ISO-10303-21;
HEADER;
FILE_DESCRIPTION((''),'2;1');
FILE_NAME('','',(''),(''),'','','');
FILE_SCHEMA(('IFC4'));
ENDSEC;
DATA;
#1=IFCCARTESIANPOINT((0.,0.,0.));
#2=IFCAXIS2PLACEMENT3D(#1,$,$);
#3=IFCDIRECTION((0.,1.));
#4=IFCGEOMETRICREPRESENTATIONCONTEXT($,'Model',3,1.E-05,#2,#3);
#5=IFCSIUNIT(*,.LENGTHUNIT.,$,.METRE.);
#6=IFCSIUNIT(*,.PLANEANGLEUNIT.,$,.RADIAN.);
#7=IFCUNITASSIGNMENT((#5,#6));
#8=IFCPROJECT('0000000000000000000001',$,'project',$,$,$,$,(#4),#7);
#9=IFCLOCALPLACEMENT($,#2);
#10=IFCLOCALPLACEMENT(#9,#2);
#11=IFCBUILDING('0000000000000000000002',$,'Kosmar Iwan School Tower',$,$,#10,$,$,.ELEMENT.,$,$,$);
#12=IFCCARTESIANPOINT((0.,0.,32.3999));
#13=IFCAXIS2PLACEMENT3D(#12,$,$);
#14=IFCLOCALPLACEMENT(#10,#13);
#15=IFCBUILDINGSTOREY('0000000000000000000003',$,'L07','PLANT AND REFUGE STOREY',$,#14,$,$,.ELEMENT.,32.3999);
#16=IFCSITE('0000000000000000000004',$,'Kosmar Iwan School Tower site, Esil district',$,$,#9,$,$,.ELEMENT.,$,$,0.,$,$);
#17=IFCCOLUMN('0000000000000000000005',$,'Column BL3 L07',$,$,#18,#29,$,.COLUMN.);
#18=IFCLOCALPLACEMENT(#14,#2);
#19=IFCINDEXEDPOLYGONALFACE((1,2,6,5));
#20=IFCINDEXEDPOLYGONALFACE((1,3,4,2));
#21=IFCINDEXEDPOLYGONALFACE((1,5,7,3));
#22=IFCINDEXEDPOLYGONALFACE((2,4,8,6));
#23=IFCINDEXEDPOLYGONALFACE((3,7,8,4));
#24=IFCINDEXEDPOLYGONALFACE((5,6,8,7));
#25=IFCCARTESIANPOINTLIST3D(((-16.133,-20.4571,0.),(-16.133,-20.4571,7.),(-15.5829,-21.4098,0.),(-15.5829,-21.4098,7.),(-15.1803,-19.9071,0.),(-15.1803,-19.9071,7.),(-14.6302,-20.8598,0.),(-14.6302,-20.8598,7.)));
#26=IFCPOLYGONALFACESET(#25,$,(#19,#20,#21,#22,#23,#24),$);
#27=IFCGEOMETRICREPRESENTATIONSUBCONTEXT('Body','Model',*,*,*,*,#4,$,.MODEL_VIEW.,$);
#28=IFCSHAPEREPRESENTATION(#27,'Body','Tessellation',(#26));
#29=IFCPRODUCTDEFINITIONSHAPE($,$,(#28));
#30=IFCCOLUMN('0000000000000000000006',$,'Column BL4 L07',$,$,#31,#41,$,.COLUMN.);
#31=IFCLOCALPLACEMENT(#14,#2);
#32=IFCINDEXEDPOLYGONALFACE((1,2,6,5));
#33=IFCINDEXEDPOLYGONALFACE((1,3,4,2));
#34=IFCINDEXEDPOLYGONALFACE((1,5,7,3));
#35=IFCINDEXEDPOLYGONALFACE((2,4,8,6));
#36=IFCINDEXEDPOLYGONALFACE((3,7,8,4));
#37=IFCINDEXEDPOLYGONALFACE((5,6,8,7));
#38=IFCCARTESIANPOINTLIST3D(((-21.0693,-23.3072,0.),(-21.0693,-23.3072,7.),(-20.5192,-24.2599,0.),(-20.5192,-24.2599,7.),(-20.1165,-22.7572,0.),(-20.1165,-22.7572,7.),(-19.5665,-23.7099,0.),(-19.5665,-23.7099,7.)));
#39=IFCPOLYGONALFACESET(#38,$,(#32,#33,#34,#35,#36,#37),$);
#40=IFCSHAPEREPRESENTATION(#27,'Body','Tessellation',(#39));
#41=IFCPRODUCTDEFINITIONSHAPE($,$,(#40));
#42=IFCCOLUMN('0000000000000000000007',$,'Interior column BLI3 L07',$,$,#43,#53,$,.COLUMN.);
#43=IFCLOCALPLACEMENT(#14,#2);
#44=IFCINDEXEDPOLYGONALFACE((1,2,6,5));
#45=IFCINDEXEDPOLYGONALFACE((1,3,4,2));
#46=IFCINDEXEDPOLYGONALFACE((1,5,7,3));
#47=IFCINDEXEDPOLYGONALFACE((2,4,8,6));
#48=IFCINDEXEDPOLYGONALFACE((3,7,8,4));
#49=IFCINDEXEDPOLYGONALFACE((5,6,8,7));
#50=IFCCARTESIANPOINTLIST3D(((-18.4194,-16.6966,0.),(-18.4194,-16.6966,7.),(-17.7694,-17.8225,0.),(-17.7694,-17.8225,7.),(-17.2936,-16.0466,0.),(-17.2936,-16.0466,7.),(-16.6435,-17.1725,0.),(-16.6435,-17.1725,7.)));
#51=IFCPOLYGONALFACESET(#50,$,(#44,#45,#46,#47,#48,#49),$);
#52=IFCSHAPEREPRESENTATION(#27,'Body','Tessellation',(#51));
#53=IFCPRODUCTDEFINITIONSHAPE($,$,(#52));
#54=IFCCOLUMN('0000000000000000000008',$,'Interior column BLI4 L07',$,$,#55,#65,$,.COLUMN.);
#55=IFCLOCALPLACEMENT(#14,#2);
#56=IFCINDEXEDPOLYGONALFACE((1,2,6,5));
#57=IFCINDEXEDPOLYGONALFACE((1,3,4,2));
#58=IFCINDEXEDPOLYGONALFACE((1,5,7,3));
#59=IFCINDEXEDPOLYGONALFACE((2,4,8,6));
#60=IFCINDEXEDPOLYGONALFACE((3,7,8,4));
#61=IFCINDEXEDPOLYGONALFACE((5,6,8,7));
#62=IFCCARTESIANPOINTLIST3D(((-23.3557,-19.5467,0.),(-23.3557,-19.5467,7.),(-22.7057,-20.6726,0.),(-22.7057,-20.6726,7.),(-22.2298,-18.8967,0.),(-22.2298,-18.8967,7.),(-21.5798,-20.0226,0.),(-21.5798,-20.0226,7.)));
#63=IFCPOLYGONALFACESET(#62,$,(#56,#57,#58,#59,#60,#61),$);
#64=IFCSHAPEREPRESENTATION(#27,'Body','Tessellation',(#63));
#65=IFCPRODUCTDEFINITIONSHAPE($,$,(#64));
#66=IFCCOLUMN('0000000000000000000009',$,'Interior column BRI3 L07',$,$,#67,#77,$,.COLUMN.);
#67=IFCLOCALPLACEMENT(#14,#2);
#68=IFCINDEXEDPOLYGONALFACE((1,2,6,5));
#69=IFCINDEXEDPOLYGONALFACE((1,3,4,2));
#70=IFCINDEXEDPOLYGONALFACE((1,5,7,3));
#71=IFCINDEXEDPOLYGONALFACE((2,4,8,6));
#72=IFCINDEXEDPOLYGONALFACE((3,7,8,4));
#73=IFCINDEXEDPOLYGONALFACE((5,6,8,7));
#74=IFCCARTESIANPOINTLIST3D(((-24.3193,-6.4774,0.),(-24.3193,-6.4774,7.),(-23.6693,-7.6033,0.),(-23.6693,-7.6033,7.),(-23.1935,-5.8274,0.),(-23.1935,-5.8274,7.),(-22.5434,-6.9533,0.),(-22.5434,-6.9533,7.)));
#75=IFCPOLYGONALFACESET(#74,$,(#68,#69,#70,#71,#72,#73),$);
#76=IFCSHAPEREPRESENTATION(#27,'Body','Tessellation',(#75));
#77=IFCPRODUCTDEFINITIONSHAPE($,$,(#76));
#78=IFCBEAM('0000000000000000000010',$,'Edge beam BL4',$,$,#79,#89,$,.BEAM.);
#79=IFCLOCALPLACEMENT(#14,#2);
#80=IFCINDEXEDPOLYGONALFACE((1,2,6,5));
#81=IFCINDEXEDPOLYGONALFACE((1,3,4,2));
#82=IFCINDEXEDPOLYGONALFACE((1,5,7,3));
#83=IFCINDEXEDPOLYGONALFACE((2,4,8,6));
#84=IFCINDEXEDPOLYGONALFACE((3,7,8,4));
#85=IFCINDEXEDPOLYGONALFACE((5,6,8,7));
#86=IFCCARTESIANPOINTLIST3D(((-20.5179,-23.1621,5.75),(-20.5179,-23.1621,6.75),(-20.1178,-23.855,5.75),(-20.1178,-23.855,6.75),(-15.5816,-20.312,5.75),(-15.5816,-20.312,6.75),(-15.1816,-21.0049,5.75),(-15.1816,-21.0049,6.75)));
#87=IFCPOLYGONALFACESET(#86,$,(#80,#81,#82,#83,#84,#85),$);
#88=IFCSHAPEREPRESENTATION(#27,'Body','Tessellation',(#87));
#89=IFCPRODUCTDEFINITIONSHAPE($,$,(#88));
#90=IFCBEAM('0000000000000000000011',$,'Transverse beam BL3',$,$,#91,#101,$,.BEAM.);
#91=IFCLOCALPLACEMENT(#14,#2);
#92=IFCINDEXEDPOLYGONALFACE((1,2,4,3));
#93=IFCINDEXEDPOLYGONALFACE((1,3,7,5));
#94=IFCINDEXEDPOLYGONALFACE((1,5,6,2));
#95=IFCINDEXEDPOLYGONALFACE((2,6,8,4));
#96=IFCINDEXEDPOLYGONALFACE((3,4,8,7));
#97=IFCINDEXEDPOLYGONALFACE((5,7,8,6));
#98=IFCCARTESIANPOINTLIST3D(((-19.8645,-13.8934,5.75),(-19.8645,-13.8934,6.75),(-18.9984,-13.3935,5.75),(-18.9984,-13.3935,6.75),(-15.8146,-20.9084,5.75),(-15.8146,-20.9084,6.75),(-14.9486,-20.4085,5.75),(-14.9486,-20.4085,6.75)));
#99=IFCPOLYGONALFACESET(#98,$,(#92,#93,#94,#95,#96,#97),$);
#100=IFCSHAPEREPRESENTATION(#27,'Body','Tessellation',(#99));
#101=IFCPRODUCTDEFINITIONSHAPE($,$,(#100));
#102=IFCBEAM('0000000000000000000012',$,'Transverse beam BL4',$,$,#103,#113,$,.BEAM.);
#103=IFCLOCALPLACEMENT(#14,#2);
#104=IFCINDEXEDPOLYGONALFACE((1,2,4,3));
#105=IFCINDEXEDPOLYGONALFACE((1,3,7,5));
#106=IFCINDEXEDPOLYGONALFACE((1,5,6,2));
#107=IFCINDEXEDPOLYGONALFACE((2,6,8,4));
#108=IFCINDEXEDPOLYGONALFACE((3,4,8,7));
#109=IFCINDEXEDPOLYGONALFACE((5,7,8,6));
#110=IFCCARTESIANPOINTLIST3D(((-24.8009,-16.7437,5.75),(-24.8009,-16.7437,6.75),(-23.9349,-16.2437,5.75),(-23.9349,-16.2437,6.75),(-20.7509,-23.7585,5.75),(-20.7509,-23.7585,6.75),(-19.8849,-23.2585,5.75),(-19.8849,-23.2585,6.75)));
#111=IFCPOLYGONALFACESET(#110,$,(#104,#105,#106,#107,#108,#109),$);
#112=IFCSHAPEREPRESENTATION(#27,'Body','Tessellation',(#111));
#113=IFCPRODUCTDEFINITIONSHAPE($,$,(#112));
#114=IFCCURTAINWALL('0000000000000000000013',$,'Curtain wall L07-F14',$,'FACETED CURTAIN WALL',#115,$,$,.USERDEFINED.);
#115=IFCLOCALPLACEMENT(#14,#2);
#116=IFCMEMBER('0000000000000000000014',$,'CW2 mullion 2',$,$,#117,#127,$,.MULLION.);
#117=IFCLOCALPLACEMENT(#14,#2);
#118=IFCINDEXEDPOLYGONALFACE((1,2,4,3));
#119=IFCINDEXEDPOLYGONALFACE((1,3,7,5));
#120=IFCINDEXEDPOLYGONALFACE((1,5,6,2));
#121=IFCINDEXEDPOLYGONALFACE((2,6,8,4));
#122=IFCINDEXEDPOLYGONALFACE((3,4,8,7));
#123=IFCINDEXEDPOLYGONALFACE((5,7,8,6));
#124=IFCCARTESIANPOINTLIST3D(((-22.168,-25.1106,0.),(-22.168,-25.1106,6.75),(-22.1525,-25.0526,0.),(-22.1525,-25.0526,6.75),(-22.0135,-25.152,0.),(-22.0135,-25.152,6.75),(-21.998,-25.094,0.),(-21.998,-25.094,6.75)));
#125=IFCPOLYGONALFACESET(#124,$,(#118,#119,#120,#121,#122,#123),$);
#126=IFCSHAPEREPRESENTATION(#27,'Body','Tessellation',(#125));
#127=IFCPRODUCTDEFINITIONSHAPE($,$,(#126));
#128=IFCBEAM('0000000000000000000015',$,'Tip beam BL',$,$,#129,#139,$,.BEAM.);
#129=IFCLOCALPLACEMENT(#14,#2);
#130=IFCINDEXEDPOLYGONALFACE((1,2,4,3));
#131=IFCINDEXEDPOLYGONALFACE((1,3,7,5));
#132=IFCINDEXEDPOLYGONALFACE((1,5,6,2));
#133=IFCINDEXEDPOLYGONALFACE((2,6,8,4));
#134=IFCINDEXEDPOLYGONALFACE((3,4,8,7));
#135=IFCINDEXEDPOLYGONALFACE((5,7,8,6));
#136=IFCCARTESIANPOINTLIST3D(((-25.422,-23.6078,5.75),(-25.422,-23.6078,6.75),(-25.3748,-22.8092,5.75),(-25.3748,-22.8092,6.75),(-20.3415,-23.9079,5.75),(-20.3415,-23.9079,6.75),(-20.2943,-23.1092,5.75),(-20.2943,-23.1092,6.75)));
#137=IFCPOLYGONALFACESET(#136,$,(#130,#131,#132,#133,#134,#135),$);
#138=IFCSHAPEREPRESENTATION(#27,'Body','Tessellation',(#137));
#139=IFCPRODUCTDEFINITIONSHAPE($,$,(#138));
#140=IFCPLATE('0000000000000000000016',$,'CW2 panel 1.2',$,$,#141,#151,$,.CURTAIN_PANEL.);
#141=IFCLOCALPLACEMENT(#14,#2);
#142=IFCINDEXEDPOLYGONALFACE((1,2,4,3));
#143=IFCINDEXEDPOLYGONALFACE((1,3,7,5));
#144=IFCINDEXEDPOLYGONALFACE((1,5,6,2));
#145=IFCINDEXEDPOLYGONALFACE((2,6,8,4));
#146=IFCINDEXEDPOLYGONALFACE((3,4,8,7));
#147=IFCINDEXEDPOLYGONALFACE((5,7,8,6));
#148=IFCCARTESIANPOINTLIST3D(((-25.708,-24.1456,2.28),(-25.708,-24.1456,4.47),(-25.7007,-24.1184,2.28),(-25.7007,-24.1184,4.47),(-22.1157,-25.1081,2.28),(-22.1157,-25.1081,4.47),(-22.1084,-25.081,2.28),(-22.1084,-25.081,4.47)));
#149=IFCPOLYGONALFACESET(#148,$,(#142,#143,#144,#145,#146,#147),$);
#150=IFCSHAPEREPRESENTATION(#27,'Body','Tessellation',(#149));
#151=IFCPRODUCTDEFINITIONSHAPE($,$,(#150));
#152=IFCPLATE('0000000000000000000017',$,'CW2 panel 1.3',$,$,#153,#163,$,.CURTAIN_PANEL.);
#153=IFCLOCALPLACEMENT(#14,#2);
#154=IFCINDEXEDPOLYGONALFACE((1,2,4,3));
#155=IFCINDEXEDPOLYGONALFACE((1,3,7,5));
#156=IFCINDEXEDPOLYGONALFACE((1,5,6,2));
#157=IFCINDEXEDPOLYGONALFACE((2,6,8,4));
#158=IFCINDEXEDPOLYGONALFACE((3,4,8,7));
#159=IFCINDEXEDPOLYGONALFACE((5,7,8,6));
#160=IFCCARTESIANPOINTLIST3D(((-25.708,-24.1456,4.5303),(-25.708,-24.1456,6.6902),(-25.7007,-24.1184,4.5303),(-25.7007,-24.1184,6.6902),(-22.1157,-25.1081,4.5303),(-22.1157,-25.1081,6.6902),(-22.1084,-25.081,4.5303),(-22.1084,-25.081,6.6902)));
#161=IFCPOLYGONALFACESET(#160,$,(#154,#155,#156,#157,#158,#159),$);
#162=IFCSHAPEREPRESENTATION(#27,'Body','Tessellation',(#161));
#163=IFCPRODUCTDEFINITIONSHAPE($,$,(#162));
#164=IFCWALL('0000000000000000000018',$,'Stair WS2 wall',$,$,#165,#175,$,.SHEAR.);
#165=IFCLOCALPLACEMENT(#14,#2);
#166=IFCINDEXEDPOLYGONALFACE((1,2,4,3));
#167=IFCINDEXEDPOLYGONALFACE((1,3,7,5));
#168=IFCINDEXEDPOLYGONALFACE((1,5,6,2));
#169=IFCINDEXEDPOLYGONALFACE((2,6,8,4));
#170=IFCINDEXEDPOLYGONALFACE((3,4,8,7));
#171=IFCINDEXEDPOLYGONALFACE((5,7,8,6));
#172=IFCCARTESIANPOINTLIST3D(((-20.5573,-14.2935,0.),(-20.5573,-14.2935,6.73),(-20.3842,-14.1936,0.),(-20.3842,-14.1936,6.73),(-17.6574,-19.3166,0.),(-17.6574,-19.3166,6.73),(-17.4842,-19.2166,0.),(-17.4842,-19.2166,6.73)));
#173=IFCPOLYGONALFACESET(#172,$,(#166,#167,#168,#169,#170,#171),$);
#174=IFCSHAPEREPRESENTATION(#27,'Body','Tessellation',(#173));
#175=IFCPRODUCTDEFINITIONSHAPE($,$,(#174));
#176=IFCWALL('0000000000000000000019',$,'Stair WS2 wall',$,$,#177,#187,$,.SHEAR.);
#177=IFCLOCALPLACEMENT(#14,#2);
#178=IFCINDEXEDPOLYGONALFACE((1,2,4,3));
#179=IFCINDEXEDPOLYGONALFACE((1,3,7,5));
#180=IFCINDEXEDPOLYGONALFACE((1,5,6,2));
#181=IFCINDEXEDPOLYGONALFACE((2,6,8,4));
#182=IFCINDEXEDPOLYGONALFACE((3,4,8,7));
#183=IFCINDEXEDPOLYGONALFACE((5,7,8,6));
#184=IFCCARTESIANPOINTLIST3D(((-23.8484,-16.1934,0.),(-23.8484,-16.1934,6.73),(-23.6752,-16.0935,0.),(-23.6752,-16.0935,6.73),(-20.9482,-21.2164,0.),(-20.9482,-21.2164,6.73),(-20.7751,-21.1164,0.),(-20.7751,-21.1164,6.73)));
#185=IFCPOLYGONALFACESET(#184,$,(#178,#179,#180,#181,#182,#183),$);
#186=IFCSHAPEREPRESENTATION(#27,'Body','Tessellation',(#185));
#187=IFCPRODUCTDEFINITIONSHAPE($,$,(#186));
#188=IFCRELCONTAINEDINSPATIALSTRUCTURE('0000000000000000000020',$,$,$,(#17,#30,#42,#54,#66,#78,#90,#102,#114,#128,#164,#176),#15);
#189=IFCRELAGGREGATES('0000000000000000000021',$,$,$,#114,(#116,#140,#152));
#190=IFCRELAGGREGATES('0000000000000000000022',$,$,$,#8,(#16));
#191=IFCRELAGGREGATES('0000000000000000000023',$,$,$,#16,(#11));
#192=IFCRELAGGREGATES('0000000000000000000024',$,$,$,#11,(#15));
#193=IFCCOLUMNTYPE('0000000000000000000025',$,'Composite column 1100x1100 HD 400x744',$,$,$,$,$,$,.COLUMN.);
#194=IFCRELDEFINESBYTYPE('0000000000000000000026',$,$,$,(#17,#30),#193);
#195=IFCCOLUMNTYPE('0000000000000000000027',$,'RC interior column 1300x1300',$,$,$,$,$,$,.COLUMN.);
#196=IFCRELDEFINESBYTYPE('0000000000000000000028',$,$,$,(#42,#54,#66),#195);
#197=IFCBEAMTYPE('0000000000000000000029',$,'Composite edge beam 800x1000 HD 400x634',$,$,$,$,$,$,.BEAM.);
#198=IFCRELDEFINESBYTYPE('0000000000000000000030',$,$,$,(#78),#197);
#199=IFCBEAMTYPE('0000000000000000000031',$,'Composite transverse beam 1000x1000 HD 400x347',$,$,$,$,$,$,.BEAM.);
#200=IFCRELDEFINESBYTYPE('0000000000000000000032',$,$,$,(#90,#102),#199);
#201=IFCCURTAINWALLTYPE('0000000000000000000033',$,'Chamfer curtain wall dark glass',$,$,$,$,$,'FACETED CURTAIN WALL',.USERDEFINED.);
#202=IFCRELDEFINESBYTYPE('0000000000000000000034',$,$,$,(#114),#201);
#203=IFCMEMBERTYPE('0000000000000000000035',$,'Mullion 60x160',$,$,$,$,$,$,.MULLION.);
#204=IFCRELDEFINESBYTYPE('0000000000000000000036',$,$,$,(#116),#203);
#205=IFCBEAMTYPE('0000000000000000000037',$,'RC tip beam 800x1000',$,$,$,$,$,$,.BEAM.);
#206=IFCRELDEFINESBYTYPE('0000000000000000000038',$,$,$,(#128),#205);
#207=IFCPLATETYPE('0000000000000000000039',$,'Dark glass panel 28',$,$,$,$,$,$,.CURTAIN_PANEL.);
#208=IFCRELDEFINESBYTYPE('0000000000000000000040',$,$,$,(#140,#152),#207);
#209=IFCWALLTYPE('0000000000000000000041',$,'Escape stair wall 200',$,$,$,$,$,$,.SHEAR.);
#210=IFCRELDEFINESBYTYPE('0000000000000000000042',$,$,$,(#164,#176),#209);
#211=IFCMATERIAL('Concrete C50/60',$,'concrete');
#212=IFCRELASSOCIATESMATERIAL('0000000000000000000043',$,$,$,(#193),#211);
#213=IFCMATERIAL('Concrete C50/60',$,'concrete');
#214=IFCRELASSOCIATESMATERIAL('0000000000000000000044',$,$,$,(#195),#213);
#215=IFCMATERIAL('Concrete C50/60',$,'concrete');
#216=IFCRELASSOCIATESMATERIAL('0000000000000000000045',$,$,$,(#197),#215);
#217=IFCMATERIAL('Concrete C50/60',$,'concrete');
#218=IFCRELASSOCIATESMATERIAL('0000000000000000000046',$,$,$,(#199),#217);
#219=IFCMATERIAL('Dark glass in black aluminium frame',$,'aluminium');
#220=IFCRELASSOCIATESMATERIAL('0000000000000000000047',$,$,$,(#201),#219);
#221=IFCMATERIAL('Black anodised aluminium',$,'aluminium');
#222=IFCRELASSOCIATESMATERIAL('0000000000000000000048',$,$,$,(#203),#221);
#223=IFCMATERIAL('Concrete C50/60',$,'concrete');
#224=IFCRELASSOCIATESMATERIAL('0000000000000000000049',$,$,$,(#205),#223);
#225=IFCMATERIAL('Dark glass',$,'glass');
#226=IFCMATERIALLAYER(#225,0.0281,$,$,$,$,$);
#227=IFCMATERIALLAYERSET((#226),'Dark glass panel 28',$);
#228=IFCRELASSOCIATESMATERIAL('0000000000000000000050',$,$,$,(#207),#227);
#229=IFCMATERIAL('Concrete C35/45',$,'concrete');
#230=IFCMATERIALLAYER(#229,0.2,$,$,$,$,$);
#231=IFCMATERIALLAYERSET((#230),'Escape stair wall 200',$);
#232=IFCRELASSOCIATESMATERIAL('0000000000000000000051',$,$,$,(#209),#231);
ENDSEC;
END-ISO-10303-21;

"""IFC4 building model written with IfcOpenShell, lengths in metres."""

from ifc_helpers import new_model, si_unit, direction, frame, frame_2d, origin, origin_2d, place, context, subcontext, project, spatial, rectangle, extrude, material, layer, layer_set, material_profile, profile_set, type_object, element, aggregate, save


model = new_model("IFC4")

# Units and contexts
model_context = context("Model", 3, precision=1e-05, world=origin(), true_north=direction((0.0, 1.0)))
body_context = subcontext(model_context, "Body", "Model", "MODEL_VIEW")
ifc_project = project(units=[si_unit("LENGTHUNIT", "METRE"), si_unit("PLANEANGLEUNIT", "RADIAN")], contexts=[model_context])

# Site, building, storey
site_placement = place(None, origin())
site = spatial("IfcSite", under=ifc_project, at=site_placement, Name="Kosmar Iwan School Tower site, Esil district", CompositionType="ELEMENT", RefElevation=0.0)
building_placement = place(site_placement, origin())
building = spatial("IfcBuilding", under=site, at=building_placement, Name="Kosmar Iwan School Tower", CompositionType="ELEMENT")
storey_placement = place(building_placement, frame((0.0, 0.0, 32.3999)))
storey = spatial("IfcBuildingStorey", under=building, at=storey_placement, Name="L07", Description="PLANT AND REFUGE STOREY", CompositionType="ELEMENT", Elevation=32.3999)

# Columns
ifc_material_1 = material(Name="Concrete C50/60", Category="concrete")
ifc_material_profile_1 = material_profile(ifc_material_1, rectangle(XDim=1.1001, YDim=1.1001, at=origin_2d()), Name="RC 1100x1100 + HD 400x744")
ifc_profile_set_1 = profile_set([ifc_material_profile_1], Name="Concrete C50/60")
column_type_1 = type_object("IfcColumnType", Name="Composite column 1100x1100 HD 400x744", PredefinedType="COLUMN", material=ifc_profile_set_1)
for number, where, z_axis, x_axis, name in (
    (1, (-15.3816, -20.6584, 0.0), (0.0, 0.0, 1.0), (-0.866025, -0.5, 0.0), "Column BL3 L07"),
    (2, (-20.3179, -23.5085, 0.0), (0.0, 0.0, 1.0), (-0.866025, -0.5, 0.0), "Column BL4 L07"),
):
    element("IfcColumn", number, at=place(storey_placement, frame(where, z_axis=z_axis, x_axis=x_axis)), inside=storey, type_object=column_type_1, Name=name, PredefinedType="COLUMN", context=body_context, shape_type="SweptSolid", body=[
        extrude(rectangle(XDim=1.1001, YDim=1.1001, at=origin_2d()), origin(), (0.0, 0.0, 1.0), 7.0),
    ])
ifc_material_2 = material(Name="Concrete C50/60", Category="concrete")
ifc_material_profile_2 = material_profile(ifc_material_2, rectangle(XDim=1.3, YDim=1.3, at=origin_2d()), Name="RC 1300x1300")
ifc_profile_set_2 = profile_set([ifc_material_profile_2], Name="Concrete C50/60")
column_type_2 = type_object("IfcColumnType", Name="RC interior column 1300x1300", PredefinedType="COLUMN", material=ifc_profile_set_2)
for number, where, z_axis, x_axis, name in (
    (3, (-17.5315, -16.9346, 0.0), (0.0, 0.0, 1.0), (-0.866025, -0.5, 0.0), "Interior column BLI3 L07"),
    (4, (-22.4678, -19.7847, 0.0), (0.0, 0.0, 1.0), (-0.866025, -0.5, 0.0), "Interior column BLI4 L07"),
    (5, (-23.4314, -6.7153, 0.0), (0.0, 0.0, 1.0), (-0.866025, -0.5, 0.0), "Interior column BRI3 L07"),
):
    element("IfcColumn", number, at=place(storey_placement, frame(where, z_axis=z_axis, x_axis=x_axis)), inside=storey, type_object=column_type_2, Name=name, PredefinedType="COLUMN", context=body_context, shape_type="SweptSolid", body=[
        extrude(rectangle(XDim=1.3, YDim=1.3, at=origin_2d()), origin(), (0.0, 0.0, 1.0), 7.0),
    ])

# Beams
ifc_material_3 = material(Name="Concrete C50/60", Category="concrete")
ifc_material_profile_3 = material_profile(ifc_material_3, rectangle(XDim=0.8, YDim=1.0, at=origin_2d()), Name="RC 800x1000 + HD 400x634")
ifc_profile_set_3 = profile_set([ifc_material_profile_3], Name="Concrete C50/60")
beam_type_1 = type_object("IfcBeamType", Name="Composite edge beam 800x1000 HD 400x634", PredefinedType="BEAM", material=ifc_profile_set_3)
beam_1_placement = place(storey_placement, frame((-15.3816, -20.6584, 6.25), z_axis=(-0.866015, -0.500018, 0.0), x_axis=(0.500018, -0.866015, 0.0)))
element("IfcBeam", 6, at=beam_1_placement, inside=storey, type_object=beam_type_1, Name="Edge beam BL4", PredefinedType="BEAM", context=body_context, shape_type="SweptSolid", body=[
    extrude(rectangle(XDim=0.8, YDim=1.0, at=origin_2d()), origin(), (0.0, 0.0, 1.0), 5.7),
])
ifc_material_4 = material(Name="Concrete C50/60", Category="concrete")
ifc_material_profile_4 = material_profile(ifc_material_4, rectangle(XDim=1.0, YDim=1.0, at=origin_2d()), Name="RC 1000x1000 + HD 400x347")
ifc_profile_set_4 = profile_set([ifc_material_profile_4], Name="Concrete C50/60")
beam_type_2 = type_object("IfcBeamType", Name="Composite transverse beam 1000x1000 HD 400x347", PredefinedType="BEAM", material=ifc_profile_set_4)
for number, where, z_axis, x_axis, name in (
    (7, (-15.3816, -20.6584, 6.25), (-0.499977, 0.866039, 0.0), (-0.866039, -0.499977, 0.0), "Transverse beam BL3"),
    (8, (-20.3179, -23.5085, 6.25), (-0.5, 0.866025, 0.0), (-0.866025, -0.5, 0.0), "Transverse beam BL4"),
):
    element("IfcBeam", number, at=place(storey_placement, frame(where, z_axis=z_axis, x_axis=x_axis)), inside=storey, type_object=beam_type_2, Name=name, PredefinedType="BEAM", context=body_context, shape_type="SweptSolid", body=[
        extrude(rectangle(XDim=1.0, YDim=1.0, at=origin_2d()), origin(), (0.0, 0.0, 1.0), 8.1001),
    ])

# Curtain wall, member
ifc_material_5 = material(Name="Dark glass in black aluminium frame", Category="aluminium")
curtain_wall_type = type_object("IfcCurtainWallType", Name="Chamfer curtain wall dark glass", ElementType="FACETED CURTAIN WALL", PredefinedType="USERDEFINED", material=ifc_material_5)
curtain_wall_placement = place(storey_placement, origin())
curtain_wall = element("IfcCurtainWall", 9, at=curtain_wall_placement, inside=storey, type_object=curtain_wall_type, Name="Curtain wall L07-F14", ObjectType="FACETED CURTAIN WALL", PredefinedType="USERDEFINED")
ifc_material_6 = material(Name="Black anodised aluminium", Category="aluminium")
ifc_material_profile_5 = material_profile(ifc_material_6, rectangle(XDim=0.0601, YDim=0.1599, at=origin_2d()), Name="MULLION 60x160")
ifc_profile_set_5 = profile_set([ifc_material_profile_5], Name="Black anodised aluminium")
member_type = type_object("IfcMemberType", Name="Mullion 60x160", PredefinedType="MULLION", material=ifc_profile_set_5)
member_placement = place(storey_placement, frame((-22.083, -25.1023, 0.0), z_axis=(0.0, 0.0, 1.0), x_axis=(0.258819, 0.965926, 0.0)))
member = element("IfcMember", 10, at=member_placement, type_object=member_type, Name="CW2 mullion 2", PredefinedType="MULLION", context=body_context, shape_type="SweptSolid", body=[
    extrude(rectangle(XDim=0.0601, YDim=0.1599, at=origin_2d()), origin(), (0.0, 0.0, 1.0), 6.75),
])

# Beam
ifc_material_7 = material(Name="Concrete C50/60", Category="concrete")
ifc_material_profile_6 = material_profile(ifc_material_7, rectangle(XDim=0.8, YDim=1.0, at=origin_2d()), Name="RC 800x1000")
ifc_profile_set_6 = profile_set([ifc_material_profile_6], Name="Concrete C50/60")
beam_type_3 = type_object("IfcBeamType", Name="RC tip beam 800x1000", PredefinedType="BEAM", material=ifc_profile_set_6)
beam_2_placement = place(storey_placement, frame((-20.3179, -23.5085, 6.25), z_axis=(-0.998261, 0.058955, 0.0), x_axis=(-0.058955, -0.998261, 0.0)))
element("IfcBeam", 11, at=beam_2_placement, inside=storey, type_object=beam_type_3, Name="Tip beam BL", PredefinedType="BEAM", context=body_context, shape_type="SweptSolid", body=[
    extrude(rectangle(XDim=0.8, YDim=1.0, at=origin_2d()), origin(), (0.0, 0.0, 1.0), 5.0894),
])

# Plates
ifc_material_8 = material(Name="Dark glass", Category="glass")
ifc_layer_1 = layer(ifc_material_8, 0.0281)
ifc_layer_set_1 = layer_set([ifc_layer_1], Name="Dark glass panel 28")
plate_type = type_object("IfcPlateType", Name="Dark glass panel 28", PredefinedType="CURTAIN_PANEL", material=ifc_layer_set_1)
plate_1_placement = place(storey_placement, frame((-23.9082, -24.6133, 2.28), z_axis=(0.0, 0.0, 1.0), x_axis=(0.965926, -0.258819, 0.0)))
plate_1 = element("IfcPlate", 12, at=plate_1_placement, type_object=plate_type, Name="CW2 panel 1.2", PredefinedType="CURTAIN_PANEL", context=body_context, shape_type="SweptSolid", body=[
    extrude(rectangle(XDim=3.719, YDim=0.0281, at=origin_2d()), origin(), (0.0, 0.0, 1.0), 2.1899),
])
plate_2_placement = place(storey_placement, frame((-23.9082, -24.6133, 4.5303), z_axis=(0.0, 0.0, 1.0), x_axis=(0.965926, -0.258819, 0.0)))
plate_2 = element("IfcPlate", 13, at=plate_2_placement, type_object=plate_type, Name="CW2 panel 1.3", PredefinedType="CURTAIN_PANEL", context=body_context, shape_type="SweptSolid", body=[
    extrude(rectangle(XDim=3.719, YDim=0.0281, at=origin_2d()), origin(), (0.0, 0.0, 1.0), 2.1599),
])
aggregate(curtain_wall, [member, plate_1, plate_2])

# Walls
ifc_material_9 = material(Name="Concrete C35/45", Category="concrete")
ifc_layer_2 = layer(ifc_material_9, 0.2)
ifc_layer_set_2 = layer_set([ifc_layer_2], Name="Escape stair wall 200")
wall_type_1 = type_object("IfcWallType", Name="Escape stair wall 200", PredefinedType="SHEAR", material=ifc_layer_set_2)
for number, where, z_axis, x_axis, name in (
    (14, (-20.4707, -14.2437, 0.0), (0.0, 0.0, 1.0), (0.499987, -0.866033, 0.0), "Stair WS2 wall"),
    (15, (-23.7617, -16.1436, 0.0), (0.0, 0.0, 1.0), (0.500019, -0.866015, 0.0), "Stair WS2 wall"),
):
    element("IfcWall", number, at=place(storey_placement, frame(where, z_axis=z_axis, x_axis=x_axis)), inside=storey, type_object=wall_type_1, Name=name, PredefinedType="SHEAR", context=body_context, shape_type="SweptSolid", body=[
        extrude(rectangle(XDim=5.8, YDim=0.2, at=frame_2d((2.8999, 0.0))), origin(), (0.0, 0.0, 1.0), 6.73),
    ])

save(model, "model.ifc")
